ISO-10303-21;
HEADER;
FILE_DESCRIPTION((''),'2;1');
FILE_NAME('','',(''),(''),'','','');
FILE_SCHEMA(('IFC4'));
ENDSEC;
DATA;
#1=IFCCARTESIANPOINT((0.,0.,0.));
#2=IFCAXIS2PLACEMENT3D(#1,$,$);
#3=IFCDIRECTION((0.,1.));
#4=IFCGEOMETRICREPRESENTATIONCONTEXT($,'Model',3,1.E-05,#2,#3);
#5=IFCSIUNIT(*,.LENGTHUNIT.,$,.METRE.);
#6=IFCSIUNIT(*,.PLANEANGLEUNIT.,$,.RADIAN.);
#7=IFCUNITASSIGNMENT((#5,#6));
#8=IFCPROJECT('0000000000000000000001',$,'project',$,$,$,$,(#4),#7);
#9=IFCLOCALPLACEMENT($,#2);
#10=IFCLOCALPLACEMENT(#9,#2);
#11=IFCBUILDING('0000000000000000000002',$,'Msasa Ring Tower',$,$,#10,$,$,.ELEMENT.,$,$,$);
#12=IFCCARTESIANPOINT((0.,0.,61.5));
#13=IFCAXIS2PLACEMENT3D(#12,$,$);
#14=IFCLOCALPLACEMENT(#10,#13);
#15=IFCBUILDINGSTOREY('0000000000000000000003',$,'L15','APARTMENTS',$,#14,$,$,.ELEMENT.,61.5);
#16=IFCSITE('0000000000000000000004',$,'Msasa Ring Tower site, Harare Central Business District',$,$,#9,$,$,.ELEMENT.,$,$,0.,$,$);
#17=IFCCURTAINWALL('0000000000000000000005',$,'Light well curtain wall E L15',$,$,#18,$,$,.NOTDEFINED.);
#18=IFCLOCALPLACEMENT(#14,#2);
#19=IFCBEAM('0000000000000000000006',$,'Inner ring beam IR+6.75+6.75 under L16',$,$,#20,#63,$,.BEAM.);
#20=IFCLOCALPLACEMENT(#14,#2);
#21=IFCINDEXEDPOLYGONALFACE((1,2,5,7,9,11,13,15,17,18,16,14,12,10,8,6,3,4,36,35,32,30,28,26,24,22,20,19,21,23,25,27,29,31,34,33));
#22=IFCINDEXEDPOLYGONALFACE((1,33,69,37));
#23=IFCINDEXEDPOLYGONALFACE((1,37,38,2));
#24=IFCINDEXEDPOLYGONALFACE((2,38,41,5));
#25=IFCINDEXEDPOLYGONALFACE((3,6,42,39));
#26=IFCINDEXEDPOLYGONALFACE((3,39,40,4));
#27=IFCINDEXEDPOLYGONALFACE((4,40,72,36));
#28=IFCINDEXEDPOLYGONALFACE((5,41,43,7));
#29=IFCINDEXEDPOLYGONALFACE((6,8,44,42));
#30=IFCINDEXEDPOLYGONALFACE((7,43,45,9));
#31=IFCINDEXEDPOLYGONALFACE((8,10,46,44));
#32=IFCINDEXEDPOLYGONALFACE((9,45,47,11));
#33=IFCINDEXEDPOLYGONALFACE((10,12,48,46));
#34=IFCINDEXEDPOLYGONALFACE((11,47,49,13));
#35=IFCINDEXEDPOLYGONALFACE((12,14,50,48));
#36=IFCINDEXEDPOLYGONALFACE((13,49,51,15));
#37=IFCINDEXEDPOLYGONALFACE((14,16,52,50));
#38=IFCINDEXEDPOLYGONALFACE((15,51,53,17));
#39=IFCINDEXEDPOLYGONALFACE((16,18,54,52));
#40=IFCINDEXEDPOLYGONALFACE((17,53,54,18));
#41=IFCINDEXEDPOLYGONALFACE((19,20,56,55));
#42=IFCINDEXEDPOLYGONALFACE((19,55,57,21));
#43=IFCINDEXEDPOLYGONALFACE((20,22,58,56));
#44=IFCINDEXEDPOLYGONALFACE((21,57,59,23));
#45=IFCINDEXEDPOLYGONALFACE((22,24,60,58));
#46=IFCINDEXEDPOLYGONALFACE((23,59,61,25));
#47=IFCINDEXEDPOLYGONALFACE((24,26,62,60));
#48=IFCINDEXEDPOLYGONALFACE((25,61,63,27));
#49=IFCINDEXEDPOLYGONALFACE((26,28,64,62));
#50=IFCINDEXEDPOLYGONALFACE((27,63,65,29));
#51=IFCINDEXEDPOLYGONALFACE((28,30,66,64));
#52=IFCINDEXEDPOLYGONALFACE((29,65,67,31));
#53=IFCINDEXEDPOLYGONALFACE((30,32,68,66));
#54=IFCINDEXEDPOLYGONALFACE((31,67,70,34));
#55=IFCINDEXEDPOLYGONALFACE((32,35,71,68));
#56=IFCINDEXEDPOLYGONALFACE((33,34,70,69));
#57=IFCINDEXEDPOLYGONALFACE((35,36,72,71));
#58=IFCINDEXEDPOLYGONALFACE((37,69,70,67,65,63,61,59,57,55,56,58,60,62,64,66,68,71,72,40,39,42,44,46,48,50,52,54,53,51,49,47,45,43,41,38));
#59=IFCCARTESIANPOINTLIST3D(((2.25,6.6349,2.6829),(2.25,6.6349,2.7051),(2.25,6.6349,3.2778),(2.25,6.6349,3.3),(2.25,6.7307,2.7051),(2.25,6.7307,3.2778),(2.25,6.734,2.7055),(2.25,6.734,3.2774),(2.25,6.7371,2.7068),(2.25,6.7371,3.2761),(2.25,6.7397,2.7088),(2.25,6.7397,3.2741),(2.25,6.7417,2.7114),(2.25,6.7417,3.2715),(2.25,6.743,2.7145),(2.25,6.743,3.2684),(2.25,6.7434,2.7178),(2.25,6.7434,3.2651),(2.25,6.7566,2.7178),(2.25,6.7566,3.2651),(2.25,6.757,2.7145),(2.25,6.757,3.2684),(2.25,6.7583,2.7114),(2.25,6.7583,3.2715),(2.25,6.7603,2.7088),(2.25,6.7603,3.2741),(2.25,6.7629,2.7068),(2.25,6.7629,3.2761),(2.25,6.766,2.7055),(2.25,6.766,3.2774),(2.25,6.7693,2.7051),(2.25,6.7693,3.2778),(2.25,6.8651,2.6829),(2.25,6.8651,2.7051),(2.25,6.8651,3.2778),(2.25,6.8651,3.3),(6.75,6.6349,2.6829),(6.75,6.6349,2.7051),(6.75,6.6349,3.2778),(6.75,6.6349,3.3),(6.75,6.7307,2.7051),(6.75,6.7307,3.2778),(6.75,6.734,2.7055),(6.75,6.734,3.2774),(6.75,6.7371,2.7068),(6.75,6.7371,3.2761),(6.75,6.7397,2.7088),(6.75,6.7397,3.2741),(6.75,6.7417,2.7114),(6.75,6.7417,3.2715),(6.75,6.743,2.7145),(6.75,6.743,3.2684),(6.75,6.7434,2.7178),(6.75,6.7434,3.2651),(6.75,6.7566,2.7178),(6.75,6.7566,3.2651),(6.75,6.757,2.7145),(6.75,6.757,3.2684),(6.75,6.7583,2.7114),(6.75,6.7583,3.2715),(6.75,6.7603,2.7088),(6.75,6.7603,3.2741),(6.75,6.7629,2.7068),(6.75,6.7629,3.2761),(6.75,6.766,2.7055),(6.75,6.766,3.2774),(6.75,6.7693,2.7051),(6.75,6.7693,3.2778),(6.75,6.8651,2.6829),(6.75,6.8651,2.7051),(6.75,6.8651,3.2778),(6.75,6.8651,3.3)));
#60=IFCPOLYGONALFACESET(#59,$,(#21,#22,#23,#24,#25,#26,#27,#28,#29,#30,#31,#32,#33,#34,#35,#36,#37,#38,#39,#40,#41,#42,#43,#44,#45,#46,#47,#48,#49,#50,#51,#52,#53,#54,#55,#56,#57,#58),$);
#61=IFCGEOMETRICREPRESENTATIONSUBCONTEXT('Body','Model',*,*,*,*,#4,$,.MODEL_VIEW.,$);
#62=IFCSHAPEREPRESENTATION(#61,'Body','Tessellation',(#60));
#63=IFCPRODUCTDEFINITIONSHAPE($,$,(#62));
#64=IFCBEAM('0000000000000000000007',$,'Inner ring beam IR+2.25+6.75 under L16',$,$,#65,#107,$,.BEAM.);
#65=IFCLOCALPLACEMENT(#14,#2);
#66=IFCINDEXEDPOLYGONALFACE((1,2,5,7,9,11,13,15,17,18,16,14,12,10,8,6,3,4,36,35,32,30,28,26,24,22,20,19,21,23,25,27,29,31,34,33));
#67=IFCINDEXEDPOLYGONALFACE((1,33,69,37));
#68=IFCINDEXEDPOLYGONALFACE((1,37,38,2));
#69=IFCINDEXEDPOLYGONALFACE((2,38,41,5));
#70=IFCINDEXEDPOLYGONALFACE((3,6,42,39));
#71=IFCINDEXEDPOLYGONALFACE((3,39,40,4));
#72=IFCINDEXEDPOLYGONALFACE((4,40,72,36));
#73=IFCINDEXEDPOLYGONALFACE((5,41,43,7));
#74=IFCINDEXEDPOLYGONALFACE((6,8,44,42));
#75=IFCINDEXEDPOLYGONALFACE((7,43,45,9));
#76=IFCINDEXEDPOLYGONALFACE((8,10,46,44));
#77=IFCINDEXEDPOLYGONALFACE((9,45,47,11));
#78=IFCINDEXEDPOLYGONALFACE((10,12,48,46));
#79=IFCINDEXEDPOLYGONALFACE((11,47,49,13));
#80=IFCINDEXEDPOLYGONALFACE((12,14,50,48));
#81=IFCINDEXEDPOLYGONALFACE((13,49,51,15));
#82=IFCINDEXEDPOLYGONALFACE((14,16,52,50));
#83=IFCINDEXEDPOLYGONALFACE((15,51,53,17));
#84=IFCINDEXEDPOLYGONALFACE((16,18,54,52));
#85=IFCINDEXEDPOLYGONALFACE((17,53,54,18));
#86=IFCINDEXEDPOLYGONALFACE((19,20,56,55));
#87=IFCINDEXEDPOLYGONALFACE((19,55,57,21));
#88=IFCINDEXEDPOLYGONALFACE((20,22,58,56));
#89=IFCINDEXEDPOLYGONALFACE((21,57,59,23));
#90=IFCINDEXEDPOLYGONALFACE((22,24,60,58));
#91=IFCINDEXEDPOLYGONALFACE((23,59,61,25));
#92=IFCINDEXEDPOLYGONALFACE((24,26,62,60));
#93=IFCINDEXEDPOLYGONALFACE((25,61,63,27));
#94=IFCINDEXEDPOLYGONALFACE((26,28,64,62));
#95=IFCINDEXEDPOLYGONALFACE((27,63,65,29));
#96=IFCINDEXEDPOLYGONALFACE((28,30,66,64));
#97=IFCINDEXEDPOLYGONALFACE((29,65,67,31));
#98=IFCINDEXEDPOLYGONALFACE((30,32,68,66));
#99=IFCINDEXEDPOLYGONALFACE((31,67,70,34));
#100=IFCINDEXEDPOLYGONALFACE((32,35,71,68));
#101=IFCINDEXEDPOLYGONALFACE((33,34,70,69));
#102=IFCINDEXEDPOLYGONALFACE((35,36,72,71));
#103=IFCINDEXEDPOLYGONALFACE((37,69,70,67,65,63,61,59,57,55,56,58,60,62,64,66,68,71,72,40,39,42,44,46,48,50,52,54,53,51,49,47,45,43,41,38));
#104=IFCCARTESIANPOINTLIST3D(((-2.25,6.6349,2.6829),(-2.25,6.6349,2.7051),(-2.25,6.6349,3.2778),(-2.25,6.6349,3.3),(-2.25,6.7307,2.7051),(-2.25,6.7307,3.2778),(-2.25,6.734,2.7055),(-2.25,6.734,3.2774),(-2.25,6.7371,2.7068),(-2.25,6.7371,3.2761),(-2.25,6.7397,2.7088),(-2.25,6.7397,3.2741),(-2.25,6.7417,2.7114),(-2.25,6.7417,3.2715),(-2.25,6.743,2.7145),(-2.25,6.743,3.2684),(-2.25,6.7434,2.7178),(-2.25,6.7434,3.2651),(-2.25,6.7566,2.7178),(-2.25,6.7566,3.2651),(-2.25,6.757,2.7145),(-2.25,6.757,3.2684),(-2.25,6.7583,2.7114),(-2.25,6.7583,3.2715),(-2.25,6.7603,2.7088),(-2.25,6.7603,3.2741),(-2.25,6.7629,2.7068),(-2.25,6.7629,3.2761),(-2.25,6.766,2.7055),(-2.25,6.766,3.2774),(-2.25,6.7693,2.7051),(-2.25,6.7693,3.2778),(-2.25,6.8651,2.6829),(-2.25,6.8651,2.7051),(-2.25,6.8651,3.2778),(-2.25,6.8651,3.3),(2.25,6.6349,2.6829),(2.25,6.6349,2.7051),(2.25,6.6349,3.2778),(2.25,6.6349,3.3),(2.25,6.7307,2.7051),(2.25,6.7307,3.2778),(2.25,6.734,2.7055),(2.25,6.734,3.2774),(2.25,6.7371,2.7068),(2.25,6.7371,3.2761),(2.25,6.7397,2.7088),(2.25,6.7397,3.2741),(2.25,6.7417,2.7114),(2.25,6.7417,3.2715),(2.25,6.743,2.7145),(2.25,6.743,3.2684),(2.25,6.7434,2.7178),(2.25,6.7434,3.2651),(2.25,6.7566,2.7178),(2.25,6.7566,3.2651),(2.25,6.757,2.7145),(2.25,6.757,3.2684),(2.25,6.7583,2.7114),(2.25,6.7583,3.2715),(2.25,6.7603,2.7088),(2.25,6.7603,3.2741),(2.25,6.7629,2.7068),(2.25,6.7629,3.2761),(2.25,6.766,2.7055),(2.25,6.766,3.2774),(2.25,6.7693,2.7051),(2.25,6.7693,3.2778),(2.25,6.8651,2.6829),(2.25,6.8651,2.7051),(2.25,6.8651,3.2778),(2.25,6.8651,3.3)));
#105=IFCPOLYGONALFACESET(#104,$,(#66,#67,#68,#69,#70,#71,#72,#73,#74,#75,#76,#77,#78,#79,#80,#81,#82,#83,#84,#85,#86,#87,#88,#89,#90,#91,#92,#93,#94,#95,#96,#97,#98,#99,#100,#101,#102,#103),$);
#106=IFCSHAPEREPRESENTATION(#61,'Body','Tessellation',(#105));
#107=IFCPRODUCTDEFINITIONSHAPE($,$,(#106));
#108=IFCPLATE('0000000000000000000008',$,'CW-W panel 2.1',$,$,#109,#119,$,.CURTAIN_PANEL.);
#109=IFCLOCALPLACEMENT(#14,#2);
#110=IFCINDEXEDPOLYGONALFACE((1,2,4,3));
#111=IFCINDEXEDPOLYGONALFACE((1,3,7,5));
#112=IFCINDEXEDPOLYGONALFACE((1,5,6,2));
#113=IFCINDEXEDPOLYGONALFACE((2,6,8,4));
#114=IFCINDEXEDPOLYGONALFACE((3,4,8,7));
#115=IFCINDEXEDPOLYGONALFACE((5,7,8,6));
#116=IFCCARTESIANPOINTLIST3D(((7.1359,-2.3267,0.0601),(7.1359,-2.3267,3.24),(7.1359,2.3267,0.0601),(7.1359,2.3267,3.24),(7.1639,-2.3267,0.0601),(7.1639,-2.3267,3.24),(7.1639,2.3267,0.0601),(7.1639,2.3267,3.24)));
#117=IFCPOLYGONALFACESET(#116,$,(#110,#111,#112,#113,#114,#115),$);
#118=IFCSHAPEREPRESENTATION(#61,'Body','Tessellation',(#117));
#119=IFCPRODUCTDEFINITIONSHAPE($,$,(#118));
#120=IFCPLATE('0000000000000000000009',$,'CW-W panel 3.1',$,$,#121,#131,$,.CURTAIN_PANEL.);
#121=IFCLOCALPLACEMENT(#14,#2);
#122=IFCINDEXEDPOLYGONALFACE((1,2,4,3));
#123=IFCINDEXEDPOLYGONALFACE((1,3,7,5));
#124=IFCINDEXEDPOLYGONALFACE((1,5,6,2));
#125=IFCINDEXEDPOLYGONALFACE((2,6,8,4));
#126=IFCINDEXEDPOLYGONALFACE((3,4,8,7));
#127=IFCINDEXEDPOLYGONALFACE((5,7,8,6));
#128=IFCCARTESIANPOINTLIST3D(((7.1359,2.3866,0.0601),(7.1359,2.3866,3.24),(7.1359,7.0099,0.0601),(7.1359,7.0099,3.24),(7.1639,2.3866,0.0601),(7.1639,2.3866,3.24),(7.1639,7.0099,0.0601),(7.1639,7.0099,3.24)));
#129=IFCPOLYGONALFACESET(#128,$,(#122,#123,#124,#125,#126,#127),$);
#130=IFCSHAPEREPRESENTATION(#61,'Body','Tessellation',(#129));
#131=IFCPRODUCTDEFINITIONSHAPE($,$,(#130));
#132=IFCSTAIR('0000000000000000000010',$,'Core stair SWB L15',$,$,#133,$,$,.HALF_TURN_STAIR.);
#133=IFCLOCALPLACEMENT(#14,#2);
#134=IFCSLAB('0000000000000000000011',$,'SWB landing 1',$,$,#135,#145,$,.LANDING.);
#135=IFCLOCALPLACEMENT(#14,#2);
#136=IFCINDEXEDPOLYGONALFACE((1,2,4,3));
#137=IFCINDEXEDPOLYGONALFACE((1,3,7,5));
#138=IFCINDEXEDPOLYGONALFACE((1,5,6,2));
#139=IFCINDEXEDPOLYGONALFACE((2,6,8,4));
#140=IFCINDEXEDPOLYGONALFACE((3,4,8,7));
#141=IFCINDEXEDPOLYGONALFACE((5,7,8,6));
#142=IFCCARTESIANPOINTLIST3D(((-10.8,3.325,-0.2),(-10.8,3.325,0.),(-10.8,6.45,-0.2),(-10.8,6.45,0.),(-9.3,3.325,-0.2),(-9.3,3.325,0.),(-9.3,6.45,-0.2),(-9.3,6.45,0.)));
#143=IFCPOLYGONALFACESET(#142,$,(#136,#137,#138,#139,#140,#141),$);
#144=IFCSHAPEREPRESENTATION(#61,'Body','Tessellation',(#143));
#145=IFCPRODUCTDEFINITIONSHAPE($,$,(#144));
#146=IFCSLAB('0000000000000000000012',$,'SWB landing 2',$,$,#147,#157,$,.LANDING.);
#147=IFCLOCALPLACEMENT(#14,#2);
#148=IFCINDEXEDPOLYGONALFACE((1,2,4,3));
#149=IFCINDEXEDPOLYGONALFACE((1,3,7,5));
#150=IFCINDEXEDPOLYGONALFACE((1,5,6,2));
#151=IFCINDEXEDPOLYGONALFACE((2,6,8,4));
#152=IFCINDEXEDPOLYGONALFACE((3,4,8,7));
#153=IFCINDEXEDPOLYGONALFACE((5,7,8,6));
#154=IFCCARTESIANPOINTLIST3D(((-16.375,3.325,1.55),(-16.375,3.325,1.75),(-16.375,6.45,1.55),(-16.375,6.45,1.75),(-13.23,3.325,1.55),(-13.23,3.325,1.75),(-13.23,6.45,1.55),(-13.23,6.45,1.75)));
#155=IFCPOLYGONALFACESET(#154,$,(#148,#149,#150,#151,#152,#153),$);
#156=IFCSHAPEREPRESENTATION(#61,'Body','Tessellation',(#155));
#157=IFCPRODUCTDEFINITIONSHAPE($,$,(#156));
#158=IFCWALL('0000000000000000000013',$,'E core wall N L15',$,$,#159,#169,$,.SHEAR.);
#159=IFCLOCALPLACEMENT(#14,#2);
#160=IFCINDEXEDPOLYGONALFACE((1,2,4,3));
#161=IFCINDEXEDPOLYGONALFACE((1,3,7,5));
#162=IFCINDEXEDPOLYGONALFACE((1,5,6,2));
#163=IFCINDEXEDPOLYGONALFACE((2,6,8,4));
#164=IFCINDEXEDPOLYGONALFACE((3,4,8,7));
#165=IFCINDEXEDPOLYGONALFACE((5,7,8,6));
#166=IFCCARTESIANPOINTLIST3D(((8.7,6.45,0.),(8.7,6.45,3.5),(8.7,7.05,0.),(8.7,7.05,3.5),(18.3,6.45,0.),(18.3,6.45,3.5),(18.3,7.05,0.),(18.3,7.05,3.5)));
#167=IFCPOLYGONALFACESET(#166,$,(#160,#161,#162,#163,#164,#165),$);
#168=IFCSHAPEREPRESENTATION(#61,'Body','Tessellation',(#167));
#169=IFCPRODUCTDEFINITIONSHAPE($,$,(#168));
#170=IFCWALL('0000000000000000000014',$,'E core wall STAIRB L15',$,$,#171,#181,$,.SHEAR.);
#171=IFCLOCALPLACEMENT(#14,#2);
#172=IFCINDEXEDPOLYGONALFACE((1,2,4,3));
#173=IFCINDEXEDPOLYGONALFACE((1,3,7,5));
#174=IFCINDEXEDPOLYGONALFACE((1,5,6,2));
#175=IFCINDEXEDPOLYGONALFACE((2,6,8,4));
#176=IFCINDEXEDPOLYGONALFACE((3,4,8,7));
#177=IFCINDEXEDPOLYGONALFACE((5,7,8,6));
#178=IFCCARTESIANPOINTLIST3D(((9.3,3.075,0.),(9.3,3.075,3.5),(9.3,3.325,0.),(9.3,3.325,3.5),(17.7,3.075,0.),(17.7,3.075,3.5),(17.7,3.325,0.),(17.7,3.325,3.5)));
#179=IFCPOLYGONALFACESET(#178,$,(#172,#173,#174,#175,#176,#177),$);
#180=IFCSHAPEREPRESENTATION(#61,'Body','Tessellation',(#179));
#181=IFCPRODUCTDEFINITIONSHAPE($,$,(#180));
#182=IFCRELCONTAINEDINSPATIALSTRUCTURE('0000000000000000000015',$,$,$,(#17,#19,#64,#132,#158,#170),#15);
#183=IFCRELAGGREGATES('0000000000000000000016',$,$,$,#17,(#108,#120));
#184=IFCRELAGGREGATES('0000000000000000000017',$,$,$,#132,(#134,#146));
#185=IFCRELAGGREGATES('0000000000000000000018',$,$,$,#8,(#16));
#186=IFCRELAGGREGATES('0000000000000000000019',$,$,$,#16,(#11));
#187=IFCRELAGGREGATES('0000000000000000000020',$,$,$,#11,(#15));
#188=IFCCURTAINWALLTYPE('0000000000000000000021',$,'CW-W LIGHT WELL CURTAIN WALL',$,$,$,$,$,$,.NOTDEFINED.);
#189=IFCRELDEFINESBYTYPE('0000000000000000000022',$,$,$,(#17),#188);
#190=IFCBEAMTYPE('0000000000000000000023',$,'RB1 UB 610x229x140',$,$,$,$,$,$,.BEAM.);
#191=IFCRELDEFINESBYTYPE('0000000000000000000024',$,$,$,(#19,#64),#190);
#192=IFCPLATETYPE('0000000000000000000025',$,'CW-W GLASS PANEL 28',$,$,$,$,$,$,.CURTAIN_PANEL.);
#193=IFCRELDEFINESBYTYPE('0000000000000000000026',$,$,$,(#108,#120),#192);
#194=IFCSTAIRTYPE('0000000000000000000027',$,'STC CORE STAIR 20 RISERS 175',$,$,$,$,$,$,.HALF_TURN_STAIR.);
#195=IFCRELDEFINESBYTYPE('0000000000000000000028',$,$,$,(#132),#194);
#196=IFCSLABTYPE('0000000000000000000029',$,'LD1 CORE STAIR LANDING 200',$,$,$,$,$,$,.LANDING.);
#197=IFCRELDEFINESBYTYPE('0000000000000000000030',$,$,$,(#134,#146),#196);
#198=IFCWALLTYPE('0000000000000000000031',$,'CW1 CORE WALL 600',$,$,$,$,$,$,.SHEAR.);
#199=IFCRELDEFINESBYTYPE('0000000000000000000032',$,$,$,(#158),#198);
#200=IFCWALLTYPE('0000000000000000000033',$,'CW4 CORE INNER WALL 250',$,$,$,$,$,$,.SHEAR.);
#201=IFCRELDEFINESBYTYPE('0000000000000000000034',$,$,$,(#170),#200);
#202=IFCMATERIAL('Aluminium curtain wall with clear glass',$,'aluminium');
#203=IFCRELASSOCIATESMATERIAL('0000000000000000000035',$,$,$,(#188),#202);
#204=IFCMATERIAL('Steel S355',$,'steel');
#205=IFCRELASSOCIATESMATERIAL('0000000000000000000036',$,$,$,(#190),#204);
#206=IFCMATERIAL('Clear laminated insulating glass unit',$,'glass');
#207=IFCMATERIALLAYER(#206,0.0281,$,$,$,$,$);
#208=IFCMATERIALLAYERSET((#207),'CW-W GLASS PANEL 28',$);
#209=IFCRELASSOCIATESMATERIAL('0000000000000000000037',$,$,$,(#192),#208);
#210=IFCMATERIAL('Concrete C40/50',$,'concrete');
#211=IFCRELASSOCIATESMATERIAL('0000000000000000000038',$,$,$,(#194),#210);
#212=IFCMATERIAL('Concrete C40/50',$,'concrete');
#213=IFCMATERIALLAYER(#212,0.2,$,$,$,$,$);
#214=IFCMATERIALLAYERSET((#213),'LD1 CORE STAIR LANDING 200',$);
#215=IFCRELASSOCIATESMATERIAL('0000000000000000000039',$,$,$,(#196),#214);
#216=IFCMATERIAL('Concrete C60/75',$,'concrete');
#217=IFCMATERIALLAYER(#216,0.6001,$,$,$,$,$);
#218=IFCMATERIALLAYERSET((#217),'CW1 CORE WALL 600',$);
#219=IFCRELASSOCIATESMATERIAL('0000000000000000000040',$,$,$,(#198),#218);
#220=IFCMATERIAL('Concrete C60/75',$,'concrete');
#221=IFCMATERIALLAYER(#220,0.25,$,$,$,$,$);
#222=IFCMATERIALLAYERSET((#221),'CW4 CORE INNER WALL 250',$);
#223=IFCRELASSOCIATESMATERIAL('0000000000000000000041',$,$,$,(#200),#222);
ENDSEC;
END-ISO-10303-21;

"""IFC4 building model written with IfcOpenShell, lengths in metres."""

from ifc_helpers import new_model, si_unit, direction, frame, frame_2d, origin, origin_2d, place, context, subcontext, project, spatial, polyline, rectangle, i_section, outline, extrude, material, layer, layer_set, material_profile, profile_set, type_object, element, aggregate, save


model = new_model("IFC4")

# Units and contexts
model_context = context("Model", 3, precision=1e-05, world=origin(), true_north=direction((0.0, 1.0)))
body_context = subcontext(model_context, "Body", "Model", "MODEL_VIEW")
ifc_project = project(units=[si_unit("LENGTHUNIT", "METRE"), si_unit("PLANEANGLEUNIT", "RADIAN")], contexts=[model_context])

# Site, building, storey
site_placement = place(None, origin())
site = spatial("IfcSite", under=ifc_project, at=site_placement, Name="Msasa Ring Tower site, Harare Central Business District", CompositionType="ELEMENT", RefElevation=0.0)
building_placement = place(site_placement, origin())
building = spatial("IfcBuilding", under=site, at=building_placement, Name="Msasa Ring Tower", CompositionType="ELEMENT")
storey_placement = place(building_placement, frame((0.0, 0.0, 61.5)))
storey = spatial("IfcBuildingStorey", under=building, at=storey_placement, Name="L15", Description="APARTMENTS", CompositionType="ELEMENT", Elevation=61.5)

# Curtain wall
ifc_material_1 = material(Name="Aluminium curtain wall with clear glass", Category="aluminium")
curtain_wall_type = type_object("IfcCurtainWallType", Name="CW-W LIGHT WELL CURTAIN WALL", PredefinedType="NOTDEFINED", material=ifc_material_1)
curtain_wall_placement = place(storey_placement, origin())
curtain_wall = element("IfcCurtainWall", 1, at=curtain_wall_placement, inside=storey, type_object=curtain_wall_type, Name="Light well curtain wall E L15", PredefinedType="NOTDEFINED")

# Beams
ifc_material_2 = material(Name="Steel S355", Category="steel")
ifc_material_profile_1 = material_profile(ifc_material_2, i_section(OverallWidth=0.2302, OverallDepth=0.6172, WebThickness=0.0132, FlangeThickness=0.0222, FilletRadius=0.0127, at=origin_2d()), Name="UB 610x229x140")
ifc_profile_set_1 = profile_set([ifc_material_profile_1], Name="Steel S355")
beam_type = type_object("IfcBeamType", Name="RB1 UB 610x229x140", PredefinedType="BEAM", material=ifc_profile_set_1)
for number, where, z_axis, x_axis, name in (
    (2, (6.75, 6.75, 2.9915), (-1.0, 0.0, 0.0), (0.0, -1.0, 0.0), "Inner ring beam IR+6.75+6.75 under L16"),
    (3, (2.25, 6.75, 2.9915), (-1.0, 0.0, 0.0), (0.0, -1.0, 0.0), "Inner ring beam IR+2.25+6.75 under L16"),
):
    element("IfcBeam", number, at=place(storey_placement, frame(where, z_axis=z_axis, x_axis=x_axis)), inside=storey, type_object=beam_type, Name=name, PredefinedType="BEAM", context=body_context, shape_type="SweptSolid", body=[
        extrude(i_section(OverallWidth=0.2302, OverallDepth=0.6172, WebThickness=0.0132, FlangeThickness=0.0222, FilletRadius=0.0127, at=origin_2d()), origin(), (0.0, 0.0, 1.0), 4.5),
    ])

# Plates
ifc_material_3 = material(Name="Clear laminated insulating glass unit", Category="glass")
ifc_layer_1 = layer(ifc_material_3, 0.0281)
ifc_layer_set_1 = layer_set([ifc_layer_1], Name="CW-W GLASS PANEL 28")
plate_type = type_object("IfcPlateType", Name="CW-W GLASS PANEL 28", PredefinedType="CURTAIN_PANEL", material=ifc_layer_set_1)
plate_1_placement = place(storey_placement, frame((7.1499, 0.0, 0.0601), z_axis=(0.0, 0.0, 1.0), x_axis=(0.0, 1.0, 0.0)))
plate_1 = element("IfcPlate", 4, at=plate_1_placement, type_object=plate_type, Name="CW-W panel 2.1", PredefinedType="CURTAIN_PANEL", context=body_context, shape_type="SweptSolid", body=[
    extrude(rectangle(XDim=4.6533, YDim=0.0281, at=origin_2d()), origin(), (0.0, 0.0, 1.0), 3.1799),
])
plate_2_placement = place(storey_placement, frame((7.1499, 4.6982, 0.0601), z_axis=(0.0, 0.0, 1.0), x_axis=(0.0, 1.0, 0.0)))
plate_2 = element("IfcPlate", 5, at=plate_2_placement, type_object=plate_type, Name="CW-W panel 3.1", PredefinedType="CURTAIN_PANEL", context=body_context, shape_type="SweptSolid", body=[
    extrude(rectangle(XDim=4.6233, YDim=0.0281, at=origin_2d()), origin(), (0.0, 0.0, 1.0), 3.1799),
])
aggregate(curtain_wall, [plate_1, plate_2])

# Stair, slabs
ifc_material_4 = material(Name="Concrete C40/50", Category="concrete")
stair_type = type_object("IfcStairType", Name="STC CORE STAIR 20 RISERS 175", PredefinedType="HALF_TURN_STAIR", material=ifc_material_4)
stair_1_placement = place(storey_placement, origin())
stair_1 = element("IfcStair", 6, at=stair_1_placement, inside=storey, type_object=stair_type, Name="Core stair SWB L15", PredefinedType="HALF_TURN_STAIR")
ifc_material_5 = material(Name="Concrete C40/50", Category="concrete")
ifc_layer_2 = layer(ifc_material_5, 0.2)
ifc_layer_set_2 = layer_set([ifc_layer_2], Name="LD1 CORE STAIR LANDING 200")
slab_type = type_object("IfcSlabType", Name="LD1 CORE STAIR LANDING 200", PredefinedType="LANDING", material=ifc_layer_set_2)
slab_1_placement = place(storey_placement, frame((0.0, 0.0, -0.2)))
slab_1 = element("IfcSlab", 7, at=slab_1_placement, type_object=slab_type, Name="SWB landing 1", PredefinedType="LANDING", context=body_context, shape_type="SweptSolid", body=[
    extrude(outline(polyline([(-10.8, 3.325), (-9.3, 3.325), (-9.3, 6.45), (-10.8, 6.45), (-10.8, 3.325)])), origin(), (0.0, 0.0, 1.0), 0.2),
])
slab_2_placement = place(storey_placement, frame((0.0, 0.0, 1.55)))
slab_2 = element("IfcSlab", 8, at=slab_2_placement, type_object=slab_type, Name="SWB landing 2", PredefinedType="LANDING", context=body_context, shape_type="SweptSolid", body=[
    extrude(outline(polyline([(-16.375, 3.325), (-13.23, 3.325), (-13.23, 6.45), (-16.375, 6.45), (-16.375, 3.325)])), origin(), (0.0, 0.0, 1.0), 0.2),
])
aggregate(stair_1, [slab_1, slab_2])

# Walls
ifc_material_6 = material(Name="Concrete C60/75", Category="concrete")
ifc_layer_3 = layer(ifc_material_6, 0.6001)
ifc_layer_set_3 = layer_set([ifc_layer_3], Name="CW1 CORE WALL 600")
wall_type_1 = type_object("IfcWallType", Name="CW1 CORE WALL 600", PredefinedType="SHEAR", material=ifc_layer_set_3)
wall_1_placement = place(storey_placement, frame((8.7, 6.75, 0.0), z_axis=(0.0, 0.0, 1.0), x_axis=(1.0, 0.0, 0.0)))
element("IfcWall", 9, at=wall_1_placement, inside=storey, type_object=wall_type_1, Name="E core wall N L15", PredefinedType="SHEAR", context=body_context, shape_type="SweptSolid", body=[
    extrude(rectangle(XDim=9.6001, YDim=0.6001, at=frame_2d((4.8, 0.0))), origin(), (0.0, 0.0, 1.0), 3.5),
])
ifc_material_7 = material(Name="Concrete C60/75", Category="concrete")
ifc_layer_4 = layer(ifc_material_7, 0.25)
ifc_layer_set_4 = layer_set([ifc_layer_4], Name="CW4 CORE INNER WALL 250")
wall_type_2 = type_object("IfcWallType", Name="CW4 CORE INNER WALL 250", PredefinedType="SHEAR", material=ifc_layer_set_4)
wall_2_placement = place(storey_placement, frame((9.3, 3.2, 0.0), z_axis=(0.0, 0.0, 1.0), x_axis=(1.0, 0.0, 0.0)))
element("IfcWall", 10, at=wall_2_placement, inside=storey, type_object=wall_type_2, Name="E core wall STAIRB L15", PredefinedType="SHEAR", context=body_context, shape_type="SweptSolid", body=[
    extrude(rectangle(XDim=8.3999, YDim=0.25, at=frame_2d((4.2, 0.0))), origin(), (0.0, 0.0, 1.0), 3.5),
])

save(model, "model.ifc")
